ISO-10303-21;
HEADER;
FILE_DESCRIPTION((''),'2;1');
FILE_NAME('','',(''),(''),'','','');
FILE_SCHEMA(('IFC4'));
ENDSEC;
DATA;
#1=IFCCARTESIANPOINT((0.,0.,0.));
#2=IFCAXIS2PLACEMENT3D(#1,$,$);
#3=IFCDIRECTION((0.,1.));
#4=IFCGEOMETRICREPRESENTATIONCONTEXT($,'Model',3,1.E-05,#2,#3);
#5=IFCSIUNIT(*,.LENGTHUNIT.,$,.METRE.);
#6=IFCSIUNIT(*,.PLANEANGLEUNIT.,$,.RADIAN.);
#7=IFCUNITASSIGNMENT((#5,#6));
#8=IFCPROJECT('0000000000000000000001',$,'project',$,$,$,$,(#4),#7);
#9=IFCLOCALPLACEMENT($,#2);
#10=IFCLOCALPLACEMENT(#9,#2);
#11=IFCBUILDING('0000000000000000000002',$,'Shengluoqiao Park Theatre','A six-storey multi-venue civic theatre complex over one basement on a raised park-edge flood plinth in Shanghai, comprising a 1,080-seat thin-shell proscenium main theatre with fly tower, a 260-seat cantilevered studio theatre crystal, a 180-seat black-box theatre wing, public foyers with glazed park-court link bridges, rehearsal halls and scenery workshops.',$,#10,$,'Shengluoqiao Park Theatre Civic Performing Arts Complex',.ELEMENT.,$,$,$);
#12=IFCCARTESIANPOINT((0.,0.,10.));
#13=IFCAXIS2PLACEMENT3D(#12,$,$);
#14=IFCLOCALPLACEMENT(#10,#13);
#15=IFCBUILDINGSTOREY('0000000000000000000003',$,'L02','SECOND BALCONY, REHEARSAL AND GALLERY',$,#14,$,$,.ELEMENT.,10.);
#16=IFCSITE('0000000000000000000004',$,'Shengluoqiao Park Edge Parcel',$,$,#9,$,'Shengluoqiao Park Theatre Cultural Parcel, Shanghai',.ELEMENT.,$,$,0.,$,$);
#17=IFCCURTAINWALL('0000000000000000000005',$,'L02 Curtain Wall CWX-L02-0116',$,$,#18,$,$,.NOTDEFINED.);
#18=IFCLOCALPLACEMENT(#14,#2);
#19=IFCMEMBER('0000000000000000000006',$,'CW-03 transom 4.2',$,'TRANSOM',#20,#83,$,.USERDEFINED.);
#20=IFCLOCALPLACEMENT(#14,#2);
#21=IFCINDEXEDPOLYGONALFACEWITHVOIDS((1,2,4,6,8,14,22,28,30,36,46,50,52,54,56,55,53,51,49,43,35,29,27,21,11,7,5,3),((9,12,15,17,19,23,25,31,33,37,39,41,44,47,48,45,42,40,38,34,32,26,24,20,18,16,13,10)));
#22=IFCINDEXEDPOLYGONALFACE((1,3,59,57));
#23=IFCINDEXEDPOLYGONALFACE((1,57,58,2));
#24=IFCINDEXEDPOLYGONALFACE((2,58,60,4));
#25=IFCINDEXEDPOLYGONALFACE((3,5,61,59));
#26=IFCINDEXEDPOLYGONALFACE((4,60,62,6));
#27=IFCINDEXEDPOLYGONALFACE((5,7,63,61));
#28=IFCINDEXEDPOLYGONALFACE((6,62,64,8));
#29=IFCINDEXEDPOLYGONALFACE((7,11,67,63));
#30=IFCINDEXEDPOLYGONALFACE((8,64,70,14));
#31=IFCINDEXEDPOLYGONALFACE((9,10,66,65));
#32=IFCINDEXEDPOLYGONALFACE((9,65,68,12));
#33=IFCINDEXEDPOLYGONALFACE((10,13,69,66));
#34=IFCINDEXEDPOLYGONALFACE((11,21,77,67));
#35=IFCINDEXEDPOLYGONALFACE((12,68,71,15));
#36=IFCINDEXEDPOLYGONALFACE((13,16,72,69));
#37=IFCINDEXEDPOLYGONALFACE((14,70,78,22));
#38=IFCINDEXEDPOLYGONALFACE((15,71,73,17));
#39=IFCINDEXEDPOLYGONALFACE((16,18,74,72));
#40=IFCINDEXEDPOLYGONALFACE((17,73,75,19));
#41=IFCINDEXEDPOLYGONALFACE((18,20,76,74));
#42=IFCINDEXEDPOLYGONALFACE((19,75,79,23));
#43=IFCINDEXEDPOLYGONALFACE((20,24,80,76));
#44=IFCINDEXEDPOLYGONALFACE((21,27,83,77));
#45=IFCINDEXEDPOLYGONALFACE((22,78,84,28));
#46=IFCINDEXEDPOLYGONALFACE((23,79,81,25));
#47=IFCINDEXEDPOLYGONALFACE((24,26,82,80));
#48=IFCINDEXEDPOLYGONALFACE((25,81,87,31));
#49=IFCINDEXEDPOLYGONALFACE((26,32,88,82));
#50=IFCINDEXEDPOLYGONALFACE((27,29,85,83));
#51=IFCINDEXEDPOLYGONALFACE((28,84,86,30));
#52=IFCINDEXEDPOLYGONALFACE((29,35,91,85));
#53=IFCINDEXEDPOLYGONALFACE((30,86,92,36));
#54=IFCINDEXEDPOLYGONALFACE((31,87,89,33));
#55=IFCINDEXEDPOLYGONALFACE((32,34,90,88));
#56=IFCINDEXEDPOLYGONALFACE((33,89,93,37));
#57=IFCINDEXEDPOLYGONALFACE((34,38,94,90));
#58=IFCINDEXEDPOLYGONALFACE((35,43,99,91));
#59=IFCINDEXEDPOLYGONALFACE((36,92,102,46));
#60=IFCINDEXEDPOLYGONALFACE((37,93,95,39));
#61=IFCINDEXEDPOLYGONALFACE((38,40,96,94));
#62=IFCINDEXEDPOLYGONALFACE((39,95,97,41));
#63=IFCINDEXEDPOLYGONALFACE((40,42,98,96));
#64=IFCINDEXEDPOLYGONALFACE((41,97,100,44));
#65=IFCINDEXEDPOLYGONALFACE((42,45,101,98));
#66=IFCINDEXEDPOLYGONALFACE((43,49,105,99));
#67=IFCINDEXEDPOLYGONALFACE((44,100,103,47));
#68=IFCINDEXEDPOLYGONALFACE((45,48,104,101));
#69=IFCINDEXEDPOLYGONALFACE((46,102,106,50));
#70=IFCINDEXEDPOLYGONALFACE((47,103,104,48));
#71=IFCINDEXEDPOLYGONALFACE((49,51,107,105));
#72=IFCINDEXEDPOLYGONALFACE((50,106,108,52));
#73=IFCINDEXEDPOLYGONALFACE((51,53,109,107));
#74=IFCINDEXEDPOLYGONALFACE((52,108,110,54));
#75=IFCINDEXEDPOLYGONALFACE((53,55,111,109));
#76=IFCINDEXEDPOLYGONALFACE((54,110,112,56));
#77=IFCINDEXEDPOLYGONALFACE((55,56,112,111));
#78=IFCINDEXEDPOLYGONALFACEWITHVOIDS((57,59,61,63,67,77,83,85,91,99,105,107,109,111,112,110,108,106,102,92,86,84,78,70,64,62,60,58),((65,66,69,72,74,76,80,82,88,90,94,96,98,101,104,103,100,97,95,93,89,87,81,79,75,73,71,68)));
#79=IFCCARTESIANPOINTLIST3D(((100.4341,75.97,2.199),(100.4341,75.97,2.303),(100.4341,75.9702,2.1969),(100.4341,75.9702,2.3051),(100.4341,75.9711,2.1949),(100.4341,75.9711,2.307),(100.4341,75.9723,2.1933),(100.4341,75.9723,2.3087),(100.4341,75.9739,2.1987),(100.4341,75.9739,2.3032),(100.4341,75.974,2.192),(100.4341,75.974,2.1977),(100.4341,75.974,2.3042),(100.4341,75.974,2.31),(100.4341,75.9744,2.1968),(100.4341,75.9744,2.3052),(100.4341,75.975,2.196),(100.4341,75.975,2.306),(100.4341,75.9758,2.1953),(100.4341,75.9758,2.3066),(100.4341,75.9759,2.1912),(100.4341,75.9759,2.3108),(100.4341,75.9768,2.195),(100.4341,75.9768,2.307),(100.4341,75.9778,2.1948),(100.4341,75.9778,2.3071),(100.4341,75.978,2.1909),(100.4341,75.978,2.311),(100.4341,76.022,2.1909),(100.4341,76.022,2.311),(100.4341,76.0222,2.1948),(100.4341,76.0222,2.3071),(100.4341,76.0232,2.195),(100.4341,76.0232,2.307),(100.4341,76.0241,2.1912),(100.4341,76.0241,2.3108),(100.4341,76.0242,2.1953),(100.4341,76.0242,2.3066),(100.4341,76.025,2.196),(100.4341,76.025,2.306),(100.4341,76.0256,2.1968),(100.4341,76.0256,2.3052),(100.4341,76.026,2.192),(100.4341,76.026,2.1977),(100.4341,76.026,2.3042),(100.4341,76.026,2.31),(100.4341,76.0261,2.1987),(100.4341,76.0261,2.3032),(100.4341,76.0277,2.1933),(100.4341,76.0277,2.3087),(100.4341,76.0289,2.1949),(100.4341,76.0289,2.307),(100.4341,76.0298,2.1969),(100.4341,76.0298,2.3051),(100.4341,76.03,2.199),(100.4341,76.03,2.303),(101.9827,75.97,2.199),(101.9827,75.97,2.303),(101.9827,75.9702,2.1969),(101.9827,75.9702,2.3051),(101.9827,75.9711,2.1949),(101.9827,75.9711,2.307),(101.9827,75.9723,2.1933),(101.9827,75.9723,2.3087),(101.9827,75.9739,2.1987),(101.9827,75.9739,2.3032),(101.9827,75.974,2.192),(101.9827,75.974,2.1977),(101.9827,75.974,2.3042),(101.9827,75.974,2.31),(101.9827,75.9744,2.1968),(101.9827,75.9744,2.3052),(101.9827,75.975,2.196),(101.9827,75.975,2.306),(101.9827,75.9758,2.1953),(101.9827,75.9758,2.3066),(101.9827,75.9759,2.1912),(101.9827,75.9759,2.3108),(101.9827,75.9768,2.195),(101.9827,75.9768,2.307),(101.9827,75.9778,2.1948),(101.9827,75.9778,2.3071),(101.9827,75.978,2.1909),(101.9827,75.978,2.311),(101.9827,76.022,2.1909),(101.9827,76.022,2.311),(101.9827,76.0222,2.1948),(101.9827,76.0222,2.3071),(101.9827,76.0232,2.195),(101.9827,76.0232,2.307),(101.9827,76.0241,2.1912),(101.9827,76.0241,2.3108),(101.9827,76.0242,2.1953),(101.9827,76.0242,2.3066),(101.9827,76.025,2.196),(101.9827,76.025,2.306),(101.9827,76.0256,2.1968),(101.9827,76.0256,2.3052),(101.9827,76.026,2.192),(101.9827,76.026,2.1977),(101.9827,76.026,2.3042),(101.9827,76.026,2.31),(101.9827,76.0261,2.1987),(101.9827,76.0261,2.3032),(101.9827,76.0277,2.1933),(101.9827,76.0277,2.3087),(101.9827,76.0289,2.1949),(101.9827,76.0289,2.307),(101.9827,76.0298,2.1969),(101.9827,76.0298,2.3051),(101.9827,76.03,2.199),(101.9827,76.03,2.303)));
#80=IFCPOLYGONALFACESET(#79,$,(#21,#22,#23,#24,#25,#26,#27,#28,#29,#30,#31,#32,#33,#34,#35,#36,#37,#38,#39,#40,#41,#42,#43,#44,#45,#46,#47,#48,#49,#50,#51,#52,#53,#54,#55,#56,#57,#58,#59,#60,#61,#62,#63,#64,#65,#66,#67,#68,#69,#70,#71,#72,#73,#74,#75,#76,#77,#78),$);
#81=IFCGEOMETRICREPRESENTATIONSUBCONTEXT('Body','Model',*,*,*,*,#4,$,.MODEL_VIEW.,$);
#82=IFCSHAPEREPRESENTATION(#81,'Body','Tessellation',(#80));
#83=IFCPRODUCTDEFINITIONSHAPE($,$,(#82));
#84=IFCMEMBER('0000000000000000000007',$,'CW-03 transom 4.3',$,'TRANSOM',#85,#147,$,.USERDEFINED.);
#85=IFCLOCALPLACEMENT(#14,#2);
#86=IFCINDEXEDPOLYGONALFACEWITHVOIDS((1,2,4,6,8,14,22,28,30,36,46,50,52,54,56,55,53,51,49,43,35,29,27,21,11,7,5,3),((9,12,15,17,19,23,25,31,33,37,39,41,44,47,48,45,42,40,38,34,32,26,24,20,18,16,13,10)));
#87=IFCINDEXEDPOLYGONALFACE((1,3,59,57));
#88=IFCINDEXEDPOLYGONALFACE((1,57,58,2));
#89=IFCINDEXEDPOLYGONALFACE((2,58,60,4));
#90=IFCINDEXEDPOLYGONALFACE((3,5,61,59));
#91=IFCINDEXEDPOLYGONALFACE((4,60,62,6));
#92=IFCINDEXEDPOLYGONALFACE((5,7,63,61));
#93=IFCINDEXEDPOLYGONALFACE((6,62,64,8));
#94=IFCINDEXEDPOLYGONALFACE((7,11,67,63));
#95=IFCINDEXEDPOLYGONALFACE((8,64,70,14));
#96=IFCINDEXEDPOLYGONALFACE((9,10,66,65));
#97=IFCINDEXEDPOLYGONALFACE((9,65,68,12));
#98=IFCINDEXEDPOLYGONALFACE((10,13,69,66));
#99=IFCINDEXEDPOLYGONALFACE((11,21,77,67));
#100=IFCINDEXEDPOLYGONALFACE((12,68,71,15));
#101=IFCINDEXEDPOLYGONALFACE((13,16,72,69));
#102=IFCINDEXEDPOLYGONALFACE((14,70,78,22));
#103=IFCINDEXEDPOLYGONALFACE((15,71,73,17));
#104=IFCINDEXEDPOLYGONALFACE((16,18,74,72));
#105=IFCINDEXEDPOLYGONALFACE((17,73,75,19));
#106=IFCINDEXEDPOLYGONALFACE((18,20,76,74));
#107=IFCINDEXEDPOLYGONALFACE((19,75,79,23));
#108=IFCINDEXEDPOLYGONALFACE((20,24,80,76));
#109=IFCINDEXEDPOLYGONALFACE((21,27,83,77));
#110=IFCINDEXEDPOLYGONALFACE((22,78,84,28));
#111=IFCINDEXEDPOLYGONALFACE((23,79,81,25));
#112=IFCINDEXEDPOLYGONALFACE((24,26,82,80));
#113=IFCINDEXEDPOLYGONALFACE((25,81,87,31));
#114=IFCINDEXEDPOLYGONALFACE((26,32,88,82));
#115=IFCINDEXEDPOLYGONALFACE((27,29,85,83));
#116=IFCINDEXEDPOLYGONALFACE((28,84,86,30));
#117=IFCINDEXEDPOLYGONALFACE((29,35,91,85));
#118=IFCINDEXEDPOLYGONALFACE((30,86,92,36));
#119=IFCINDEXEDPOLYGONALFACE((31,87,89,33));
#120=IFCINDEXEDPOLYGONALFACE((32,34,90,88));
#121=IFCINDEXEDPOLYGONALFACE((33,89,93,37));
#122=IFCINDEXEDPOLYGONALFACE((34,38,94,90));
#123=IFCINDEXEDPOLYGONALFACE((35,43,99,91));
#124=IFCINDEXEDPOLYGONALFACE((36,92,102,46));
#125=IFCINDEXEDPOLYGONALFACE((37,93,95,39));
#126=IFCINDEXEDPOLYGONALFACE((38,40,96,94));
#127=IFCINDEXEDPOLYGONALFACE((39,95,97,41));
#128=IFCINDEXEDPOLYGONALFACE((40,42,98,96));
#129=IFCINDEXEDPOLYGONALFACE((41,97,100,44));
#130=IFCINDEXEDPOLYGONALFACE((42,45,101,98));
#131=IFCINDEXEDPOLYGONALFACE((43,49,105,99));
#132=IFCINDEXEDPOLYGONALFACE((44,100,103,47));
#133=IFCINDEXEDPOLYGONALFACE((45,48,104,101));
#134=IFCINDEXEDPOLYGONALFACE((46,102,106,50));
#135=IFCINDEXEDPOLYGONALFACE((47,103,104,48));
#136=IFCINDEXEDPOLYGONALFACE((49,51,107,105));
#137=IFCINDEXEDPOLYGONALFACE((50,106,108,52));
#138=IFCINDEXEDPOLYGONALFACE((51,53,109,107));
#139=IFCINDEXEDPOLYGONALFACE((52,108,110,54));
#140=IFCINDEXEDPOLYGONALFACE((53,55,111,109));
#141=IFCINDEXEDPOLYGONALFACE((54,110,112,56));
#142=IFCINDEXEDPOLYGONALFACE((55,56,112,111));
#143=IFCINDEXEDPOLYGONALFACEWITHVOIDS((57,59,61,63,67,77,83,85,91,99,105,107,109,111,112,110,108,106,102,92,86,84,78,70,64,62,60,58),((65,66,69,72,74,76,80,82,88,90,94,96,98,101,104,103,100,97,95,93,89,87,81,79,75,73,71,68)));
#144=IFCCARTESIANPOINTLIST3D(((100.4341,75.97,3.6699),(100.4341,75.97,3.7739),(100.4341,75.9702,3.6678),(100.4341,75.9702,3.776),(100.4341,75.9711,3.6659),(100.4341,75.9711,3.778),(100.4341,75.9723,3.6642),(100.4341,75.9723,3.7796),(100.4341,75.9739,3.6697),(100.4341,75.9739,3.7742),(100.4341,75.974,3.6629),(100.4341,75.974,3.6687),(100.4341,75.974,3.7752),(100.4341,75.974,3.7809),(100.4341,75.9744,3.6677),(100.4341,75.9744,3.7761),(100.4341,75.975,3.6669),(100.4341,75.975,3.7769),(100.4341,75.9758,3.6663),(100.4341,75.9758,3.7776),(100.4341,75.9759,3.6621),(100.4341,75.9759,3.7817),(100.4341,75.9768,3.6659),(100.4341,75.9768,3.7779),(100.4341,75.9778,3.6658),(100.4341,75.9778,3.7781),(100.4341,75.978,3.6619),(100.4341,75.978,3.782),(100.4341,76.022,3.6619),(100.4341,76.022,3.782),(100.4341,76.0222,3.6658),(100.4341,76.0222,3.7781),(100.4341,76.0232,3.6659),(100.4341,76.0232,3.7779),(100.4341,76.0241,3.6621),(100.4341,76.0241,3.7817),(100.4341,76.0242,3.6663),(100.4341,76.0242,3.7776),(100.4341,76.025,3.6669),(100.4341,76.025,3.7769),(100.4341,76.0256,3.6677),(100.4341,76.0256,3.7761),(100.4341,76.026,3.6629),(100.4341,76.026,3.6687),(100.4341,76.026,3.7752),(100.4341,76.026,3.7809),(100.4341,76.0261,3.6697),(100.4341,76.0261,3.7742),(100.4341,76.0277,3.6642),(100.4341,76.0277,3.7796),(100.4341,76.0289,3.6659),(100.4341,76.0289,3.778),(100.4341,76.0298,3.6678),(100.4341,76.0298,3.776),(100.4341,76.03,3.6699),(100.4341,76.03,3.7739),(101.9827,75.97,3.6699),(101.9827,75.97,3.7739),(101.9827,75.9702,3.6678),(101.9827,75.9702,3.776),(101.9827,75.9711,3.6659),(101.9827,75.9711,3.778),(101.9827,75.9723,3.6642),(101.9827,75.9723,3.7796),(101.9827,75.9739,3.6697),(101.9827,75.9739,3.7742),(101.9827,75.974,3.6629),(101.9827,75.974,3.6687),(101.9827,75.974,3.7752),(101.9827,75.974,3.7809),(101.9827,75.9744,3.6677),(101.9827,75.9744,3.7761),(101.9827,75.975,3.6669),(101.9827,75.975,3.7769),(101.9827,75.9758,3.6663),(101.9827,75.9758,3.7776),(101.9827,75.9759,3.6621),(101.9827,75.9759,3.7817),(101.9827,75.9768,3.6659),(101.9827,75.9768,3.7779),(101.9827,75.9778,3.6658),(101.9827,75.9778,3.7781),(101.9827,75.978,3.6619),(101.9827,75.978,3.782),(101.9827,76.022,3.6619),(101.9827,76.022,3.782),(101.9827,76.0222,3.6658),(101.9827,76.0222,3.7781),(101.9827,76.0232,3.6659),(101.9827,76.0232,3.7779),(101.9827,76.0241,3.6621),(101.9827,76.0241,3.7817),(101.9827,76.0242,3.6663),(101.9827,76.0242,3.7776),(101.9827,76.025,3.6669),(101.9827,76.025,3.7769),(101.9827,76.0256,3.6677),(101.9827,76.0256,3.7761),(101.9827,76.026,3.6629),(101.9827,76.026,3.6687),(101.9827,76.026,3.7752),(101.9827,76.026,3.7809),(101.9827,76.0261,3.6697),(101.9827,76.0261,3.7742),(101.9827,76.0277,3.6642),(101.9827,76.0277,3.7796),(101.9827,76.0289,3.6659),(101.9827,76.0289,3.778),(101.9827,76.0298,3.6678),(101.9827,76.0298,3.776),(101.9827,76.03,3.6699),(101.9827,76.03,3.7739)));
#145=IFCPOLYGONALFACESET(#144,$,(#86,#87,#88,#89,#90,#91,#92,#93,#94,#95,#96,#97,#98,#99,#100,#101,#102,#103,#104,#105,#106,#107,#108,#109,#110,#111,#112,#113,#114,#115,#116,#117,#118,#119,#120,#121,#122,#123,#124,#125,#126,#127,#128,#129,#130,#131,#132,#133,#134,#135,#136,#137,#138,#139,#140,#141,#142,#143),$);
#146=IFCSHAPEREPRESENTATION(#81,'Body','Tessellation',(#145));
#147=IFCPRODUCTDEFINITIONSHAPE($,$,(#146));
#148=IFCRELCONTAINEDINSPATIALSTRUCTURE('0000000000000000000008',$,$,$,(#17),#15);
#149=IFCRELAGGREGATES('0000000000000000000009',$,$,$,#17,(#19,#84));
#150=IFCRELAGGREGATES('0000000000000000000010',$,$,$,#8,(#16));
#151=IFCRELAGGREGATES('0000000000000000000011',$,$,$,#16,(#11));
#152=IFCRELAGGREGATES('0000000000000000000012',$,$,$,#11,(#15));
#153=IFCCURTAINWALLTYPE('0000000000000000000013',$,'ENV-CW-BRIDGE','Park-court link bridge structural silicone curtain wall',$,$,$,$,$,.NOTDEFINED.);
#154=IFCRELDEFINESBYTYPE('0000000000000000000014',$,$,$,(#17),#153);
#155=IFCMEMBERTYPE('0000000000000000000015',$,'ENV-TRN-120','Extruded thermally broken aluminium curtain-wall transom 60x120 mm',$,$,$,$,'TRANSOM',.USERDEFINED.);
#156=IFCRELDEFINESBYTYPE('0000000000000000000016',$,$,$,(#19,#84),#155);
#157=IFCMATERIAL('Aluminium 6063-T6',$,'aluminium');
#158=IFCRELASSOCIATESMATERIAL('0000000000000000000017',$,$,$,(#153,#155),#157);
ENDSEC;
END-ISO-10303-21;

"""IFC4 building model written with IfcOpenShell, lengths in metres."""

from ifc_helpers import new_model, si_unit, direction, frame, origin, origin_2d, place, context, subcontext, project, spatial, hollow_rectangle, extrude, material, material_profile, profile_set, type_object, element, aggregate, save


model = new_model("IFC4")

# Units and contexts
model_context = context("Model", 3, precision=1e-05, world=origin(), true_north=direction((0.0, 1.0)))
body_context = subcontext(model_context, "Body", "Model", "MODEL_VIEW")
ifc_project = project(units=[si_unit("LENGTHUNIT", "METRE"), si_unit("PLANEANGLEUNIT", "RADIAN")], contexts=[model_context])

# Site, building, storey
site_placement = place(None, origin())
site = spatial("IfcSite", under=ifc_project, at=site_placement, Name="Shengluoqiao Park Edge Parcel", LongName="Shengluoqiao Park Theatre Cultural Parcel, Shanghai", CompositionType="ELEMENT", RefElevation=0.0)
building_placement = place(site_placement, origin())
building = spatial("IfcBuilding", under=site, at=building_placement, Name="Shengluoqiao Park Theatre", Description="A six-storey multi-venue civic theatre complex over one basement on a raised park-edge flood plinth in Shanghai, comprising a 1,080-seat thin-shell proscenium main theatre with fly tower, a 260-seat cantilevered studio theatre crystal, a 180-seat black-box theatre wing, public foyers with glazed park-court link bridges, rehearsal halls and scenery workshops.", LongName="Shengluoqiao Park Theatre Civic Performing Arts Complex", CompositionType="ELEMENT")
storey_placement = place(building_placement, frame((0.0, 0.0, 10.0)))
storey = spatial("IfcBuildingStorey", under=building, at=storey_placement, Name="L02", Description="SECOND BALCONY, REHEARSAL AND GALLERY", CompositionType="ELEMENT", Elevation=10.0)

# Curtain wall, members
ifc_material_1 = material(Name="Aluminium 6063-T6", Category="aluminium")
curtain_wall_type = type_object("IfcCurtainWallType", Name="ENV-CW-BRIDGE", Description="Park-court link bridge structural silicone curtain wall", PredefinedType="NOTDEFINED", material=ifc_material_1)
curtain_wall_placement = place(storey_placement, origin())
curtain_wall = element("IfcCurtainWall", 1, at=curtain_wall_placement, inside=storey, type_object=curtain_wall_type, Name="L02 Curtain Wall CWX-L02-0116", PredefinedType="NOTDEFINED")
ifc_material_profile_1 = material_profile(ifc_material_1, hollow_rectangle(XDim=0.0601, YDim=0.1201, WallThickness=0.0039, InnerFilletRadius=0.0039, OuterFilletRadius=0.0081, at=origin_2d()), Name="ALU TRANSOM 120x60x4")
ifc_profile_set_1 = profile_set([ifc_material_profile_1], Name="Aluminium 6063-T6")
member_type_1 = type_object("IfcMemberType", Name="ENV-TRN-120", Description="Extruded thermally broken aluminium curtain-wall transom 60x120 mm", ElementType="TRANSOM", PredefinedType="USERDEFINED", material=ifc_profile_set_1)
member_1_placement = place(storey_placement, frame((100.4341, 76.0, 2.251), z_axis=(1.0, 0.0, 0.0), x_axis=(0.0, 1.0, 0.0)))
member_1 = element("IfcMember", 2, at=member_1_placement, type_object=member_type_1, Name="CW-03 transom 4.2", ObjectType="TRANSOM", PredefinedType="USERDEFINED", context=body_context, shape_type="SweptSolid", body=[
    extrude(hollow_rectangle(XDim=0.0601, YDim=0.1201, WallThickness=0.0039, InnerFilletRadius=0.0039, OuterFilletRadius=0.0081, at=origin_2d()), origin(), (0.0, 0.0, 1.0), 1.5486),
])
member_2_placement = place(storey_placement, frame((100.4341, 76.0, 3.7219), z_axis=(1.0, 0.0, 0.0), x_axis=(0.0, 1.0, 0.0)))
member_2 = element("IfcMember", 3, at=member_2_placement, type_object=member_type_1, Name="CW-03 transom 4.3", ObjectType="TRANSOM", PredefinedType="USERDEFINED", context=body_context, shape_type="SweptSolid", body=[
    extrude(hollow_rectangle(XDim=0.0601, YDim=0.1201, WallThickness=0.0039, InnerFilletRadius=0.0039, OuterFilletRadius=0.0081, at=origin_2d()), origin(), (0.0, 0.0, 1.0), 1.5486),
])
aggregate(curtain_wall, [member_1, member_2])

save(model, "model.ifc")
